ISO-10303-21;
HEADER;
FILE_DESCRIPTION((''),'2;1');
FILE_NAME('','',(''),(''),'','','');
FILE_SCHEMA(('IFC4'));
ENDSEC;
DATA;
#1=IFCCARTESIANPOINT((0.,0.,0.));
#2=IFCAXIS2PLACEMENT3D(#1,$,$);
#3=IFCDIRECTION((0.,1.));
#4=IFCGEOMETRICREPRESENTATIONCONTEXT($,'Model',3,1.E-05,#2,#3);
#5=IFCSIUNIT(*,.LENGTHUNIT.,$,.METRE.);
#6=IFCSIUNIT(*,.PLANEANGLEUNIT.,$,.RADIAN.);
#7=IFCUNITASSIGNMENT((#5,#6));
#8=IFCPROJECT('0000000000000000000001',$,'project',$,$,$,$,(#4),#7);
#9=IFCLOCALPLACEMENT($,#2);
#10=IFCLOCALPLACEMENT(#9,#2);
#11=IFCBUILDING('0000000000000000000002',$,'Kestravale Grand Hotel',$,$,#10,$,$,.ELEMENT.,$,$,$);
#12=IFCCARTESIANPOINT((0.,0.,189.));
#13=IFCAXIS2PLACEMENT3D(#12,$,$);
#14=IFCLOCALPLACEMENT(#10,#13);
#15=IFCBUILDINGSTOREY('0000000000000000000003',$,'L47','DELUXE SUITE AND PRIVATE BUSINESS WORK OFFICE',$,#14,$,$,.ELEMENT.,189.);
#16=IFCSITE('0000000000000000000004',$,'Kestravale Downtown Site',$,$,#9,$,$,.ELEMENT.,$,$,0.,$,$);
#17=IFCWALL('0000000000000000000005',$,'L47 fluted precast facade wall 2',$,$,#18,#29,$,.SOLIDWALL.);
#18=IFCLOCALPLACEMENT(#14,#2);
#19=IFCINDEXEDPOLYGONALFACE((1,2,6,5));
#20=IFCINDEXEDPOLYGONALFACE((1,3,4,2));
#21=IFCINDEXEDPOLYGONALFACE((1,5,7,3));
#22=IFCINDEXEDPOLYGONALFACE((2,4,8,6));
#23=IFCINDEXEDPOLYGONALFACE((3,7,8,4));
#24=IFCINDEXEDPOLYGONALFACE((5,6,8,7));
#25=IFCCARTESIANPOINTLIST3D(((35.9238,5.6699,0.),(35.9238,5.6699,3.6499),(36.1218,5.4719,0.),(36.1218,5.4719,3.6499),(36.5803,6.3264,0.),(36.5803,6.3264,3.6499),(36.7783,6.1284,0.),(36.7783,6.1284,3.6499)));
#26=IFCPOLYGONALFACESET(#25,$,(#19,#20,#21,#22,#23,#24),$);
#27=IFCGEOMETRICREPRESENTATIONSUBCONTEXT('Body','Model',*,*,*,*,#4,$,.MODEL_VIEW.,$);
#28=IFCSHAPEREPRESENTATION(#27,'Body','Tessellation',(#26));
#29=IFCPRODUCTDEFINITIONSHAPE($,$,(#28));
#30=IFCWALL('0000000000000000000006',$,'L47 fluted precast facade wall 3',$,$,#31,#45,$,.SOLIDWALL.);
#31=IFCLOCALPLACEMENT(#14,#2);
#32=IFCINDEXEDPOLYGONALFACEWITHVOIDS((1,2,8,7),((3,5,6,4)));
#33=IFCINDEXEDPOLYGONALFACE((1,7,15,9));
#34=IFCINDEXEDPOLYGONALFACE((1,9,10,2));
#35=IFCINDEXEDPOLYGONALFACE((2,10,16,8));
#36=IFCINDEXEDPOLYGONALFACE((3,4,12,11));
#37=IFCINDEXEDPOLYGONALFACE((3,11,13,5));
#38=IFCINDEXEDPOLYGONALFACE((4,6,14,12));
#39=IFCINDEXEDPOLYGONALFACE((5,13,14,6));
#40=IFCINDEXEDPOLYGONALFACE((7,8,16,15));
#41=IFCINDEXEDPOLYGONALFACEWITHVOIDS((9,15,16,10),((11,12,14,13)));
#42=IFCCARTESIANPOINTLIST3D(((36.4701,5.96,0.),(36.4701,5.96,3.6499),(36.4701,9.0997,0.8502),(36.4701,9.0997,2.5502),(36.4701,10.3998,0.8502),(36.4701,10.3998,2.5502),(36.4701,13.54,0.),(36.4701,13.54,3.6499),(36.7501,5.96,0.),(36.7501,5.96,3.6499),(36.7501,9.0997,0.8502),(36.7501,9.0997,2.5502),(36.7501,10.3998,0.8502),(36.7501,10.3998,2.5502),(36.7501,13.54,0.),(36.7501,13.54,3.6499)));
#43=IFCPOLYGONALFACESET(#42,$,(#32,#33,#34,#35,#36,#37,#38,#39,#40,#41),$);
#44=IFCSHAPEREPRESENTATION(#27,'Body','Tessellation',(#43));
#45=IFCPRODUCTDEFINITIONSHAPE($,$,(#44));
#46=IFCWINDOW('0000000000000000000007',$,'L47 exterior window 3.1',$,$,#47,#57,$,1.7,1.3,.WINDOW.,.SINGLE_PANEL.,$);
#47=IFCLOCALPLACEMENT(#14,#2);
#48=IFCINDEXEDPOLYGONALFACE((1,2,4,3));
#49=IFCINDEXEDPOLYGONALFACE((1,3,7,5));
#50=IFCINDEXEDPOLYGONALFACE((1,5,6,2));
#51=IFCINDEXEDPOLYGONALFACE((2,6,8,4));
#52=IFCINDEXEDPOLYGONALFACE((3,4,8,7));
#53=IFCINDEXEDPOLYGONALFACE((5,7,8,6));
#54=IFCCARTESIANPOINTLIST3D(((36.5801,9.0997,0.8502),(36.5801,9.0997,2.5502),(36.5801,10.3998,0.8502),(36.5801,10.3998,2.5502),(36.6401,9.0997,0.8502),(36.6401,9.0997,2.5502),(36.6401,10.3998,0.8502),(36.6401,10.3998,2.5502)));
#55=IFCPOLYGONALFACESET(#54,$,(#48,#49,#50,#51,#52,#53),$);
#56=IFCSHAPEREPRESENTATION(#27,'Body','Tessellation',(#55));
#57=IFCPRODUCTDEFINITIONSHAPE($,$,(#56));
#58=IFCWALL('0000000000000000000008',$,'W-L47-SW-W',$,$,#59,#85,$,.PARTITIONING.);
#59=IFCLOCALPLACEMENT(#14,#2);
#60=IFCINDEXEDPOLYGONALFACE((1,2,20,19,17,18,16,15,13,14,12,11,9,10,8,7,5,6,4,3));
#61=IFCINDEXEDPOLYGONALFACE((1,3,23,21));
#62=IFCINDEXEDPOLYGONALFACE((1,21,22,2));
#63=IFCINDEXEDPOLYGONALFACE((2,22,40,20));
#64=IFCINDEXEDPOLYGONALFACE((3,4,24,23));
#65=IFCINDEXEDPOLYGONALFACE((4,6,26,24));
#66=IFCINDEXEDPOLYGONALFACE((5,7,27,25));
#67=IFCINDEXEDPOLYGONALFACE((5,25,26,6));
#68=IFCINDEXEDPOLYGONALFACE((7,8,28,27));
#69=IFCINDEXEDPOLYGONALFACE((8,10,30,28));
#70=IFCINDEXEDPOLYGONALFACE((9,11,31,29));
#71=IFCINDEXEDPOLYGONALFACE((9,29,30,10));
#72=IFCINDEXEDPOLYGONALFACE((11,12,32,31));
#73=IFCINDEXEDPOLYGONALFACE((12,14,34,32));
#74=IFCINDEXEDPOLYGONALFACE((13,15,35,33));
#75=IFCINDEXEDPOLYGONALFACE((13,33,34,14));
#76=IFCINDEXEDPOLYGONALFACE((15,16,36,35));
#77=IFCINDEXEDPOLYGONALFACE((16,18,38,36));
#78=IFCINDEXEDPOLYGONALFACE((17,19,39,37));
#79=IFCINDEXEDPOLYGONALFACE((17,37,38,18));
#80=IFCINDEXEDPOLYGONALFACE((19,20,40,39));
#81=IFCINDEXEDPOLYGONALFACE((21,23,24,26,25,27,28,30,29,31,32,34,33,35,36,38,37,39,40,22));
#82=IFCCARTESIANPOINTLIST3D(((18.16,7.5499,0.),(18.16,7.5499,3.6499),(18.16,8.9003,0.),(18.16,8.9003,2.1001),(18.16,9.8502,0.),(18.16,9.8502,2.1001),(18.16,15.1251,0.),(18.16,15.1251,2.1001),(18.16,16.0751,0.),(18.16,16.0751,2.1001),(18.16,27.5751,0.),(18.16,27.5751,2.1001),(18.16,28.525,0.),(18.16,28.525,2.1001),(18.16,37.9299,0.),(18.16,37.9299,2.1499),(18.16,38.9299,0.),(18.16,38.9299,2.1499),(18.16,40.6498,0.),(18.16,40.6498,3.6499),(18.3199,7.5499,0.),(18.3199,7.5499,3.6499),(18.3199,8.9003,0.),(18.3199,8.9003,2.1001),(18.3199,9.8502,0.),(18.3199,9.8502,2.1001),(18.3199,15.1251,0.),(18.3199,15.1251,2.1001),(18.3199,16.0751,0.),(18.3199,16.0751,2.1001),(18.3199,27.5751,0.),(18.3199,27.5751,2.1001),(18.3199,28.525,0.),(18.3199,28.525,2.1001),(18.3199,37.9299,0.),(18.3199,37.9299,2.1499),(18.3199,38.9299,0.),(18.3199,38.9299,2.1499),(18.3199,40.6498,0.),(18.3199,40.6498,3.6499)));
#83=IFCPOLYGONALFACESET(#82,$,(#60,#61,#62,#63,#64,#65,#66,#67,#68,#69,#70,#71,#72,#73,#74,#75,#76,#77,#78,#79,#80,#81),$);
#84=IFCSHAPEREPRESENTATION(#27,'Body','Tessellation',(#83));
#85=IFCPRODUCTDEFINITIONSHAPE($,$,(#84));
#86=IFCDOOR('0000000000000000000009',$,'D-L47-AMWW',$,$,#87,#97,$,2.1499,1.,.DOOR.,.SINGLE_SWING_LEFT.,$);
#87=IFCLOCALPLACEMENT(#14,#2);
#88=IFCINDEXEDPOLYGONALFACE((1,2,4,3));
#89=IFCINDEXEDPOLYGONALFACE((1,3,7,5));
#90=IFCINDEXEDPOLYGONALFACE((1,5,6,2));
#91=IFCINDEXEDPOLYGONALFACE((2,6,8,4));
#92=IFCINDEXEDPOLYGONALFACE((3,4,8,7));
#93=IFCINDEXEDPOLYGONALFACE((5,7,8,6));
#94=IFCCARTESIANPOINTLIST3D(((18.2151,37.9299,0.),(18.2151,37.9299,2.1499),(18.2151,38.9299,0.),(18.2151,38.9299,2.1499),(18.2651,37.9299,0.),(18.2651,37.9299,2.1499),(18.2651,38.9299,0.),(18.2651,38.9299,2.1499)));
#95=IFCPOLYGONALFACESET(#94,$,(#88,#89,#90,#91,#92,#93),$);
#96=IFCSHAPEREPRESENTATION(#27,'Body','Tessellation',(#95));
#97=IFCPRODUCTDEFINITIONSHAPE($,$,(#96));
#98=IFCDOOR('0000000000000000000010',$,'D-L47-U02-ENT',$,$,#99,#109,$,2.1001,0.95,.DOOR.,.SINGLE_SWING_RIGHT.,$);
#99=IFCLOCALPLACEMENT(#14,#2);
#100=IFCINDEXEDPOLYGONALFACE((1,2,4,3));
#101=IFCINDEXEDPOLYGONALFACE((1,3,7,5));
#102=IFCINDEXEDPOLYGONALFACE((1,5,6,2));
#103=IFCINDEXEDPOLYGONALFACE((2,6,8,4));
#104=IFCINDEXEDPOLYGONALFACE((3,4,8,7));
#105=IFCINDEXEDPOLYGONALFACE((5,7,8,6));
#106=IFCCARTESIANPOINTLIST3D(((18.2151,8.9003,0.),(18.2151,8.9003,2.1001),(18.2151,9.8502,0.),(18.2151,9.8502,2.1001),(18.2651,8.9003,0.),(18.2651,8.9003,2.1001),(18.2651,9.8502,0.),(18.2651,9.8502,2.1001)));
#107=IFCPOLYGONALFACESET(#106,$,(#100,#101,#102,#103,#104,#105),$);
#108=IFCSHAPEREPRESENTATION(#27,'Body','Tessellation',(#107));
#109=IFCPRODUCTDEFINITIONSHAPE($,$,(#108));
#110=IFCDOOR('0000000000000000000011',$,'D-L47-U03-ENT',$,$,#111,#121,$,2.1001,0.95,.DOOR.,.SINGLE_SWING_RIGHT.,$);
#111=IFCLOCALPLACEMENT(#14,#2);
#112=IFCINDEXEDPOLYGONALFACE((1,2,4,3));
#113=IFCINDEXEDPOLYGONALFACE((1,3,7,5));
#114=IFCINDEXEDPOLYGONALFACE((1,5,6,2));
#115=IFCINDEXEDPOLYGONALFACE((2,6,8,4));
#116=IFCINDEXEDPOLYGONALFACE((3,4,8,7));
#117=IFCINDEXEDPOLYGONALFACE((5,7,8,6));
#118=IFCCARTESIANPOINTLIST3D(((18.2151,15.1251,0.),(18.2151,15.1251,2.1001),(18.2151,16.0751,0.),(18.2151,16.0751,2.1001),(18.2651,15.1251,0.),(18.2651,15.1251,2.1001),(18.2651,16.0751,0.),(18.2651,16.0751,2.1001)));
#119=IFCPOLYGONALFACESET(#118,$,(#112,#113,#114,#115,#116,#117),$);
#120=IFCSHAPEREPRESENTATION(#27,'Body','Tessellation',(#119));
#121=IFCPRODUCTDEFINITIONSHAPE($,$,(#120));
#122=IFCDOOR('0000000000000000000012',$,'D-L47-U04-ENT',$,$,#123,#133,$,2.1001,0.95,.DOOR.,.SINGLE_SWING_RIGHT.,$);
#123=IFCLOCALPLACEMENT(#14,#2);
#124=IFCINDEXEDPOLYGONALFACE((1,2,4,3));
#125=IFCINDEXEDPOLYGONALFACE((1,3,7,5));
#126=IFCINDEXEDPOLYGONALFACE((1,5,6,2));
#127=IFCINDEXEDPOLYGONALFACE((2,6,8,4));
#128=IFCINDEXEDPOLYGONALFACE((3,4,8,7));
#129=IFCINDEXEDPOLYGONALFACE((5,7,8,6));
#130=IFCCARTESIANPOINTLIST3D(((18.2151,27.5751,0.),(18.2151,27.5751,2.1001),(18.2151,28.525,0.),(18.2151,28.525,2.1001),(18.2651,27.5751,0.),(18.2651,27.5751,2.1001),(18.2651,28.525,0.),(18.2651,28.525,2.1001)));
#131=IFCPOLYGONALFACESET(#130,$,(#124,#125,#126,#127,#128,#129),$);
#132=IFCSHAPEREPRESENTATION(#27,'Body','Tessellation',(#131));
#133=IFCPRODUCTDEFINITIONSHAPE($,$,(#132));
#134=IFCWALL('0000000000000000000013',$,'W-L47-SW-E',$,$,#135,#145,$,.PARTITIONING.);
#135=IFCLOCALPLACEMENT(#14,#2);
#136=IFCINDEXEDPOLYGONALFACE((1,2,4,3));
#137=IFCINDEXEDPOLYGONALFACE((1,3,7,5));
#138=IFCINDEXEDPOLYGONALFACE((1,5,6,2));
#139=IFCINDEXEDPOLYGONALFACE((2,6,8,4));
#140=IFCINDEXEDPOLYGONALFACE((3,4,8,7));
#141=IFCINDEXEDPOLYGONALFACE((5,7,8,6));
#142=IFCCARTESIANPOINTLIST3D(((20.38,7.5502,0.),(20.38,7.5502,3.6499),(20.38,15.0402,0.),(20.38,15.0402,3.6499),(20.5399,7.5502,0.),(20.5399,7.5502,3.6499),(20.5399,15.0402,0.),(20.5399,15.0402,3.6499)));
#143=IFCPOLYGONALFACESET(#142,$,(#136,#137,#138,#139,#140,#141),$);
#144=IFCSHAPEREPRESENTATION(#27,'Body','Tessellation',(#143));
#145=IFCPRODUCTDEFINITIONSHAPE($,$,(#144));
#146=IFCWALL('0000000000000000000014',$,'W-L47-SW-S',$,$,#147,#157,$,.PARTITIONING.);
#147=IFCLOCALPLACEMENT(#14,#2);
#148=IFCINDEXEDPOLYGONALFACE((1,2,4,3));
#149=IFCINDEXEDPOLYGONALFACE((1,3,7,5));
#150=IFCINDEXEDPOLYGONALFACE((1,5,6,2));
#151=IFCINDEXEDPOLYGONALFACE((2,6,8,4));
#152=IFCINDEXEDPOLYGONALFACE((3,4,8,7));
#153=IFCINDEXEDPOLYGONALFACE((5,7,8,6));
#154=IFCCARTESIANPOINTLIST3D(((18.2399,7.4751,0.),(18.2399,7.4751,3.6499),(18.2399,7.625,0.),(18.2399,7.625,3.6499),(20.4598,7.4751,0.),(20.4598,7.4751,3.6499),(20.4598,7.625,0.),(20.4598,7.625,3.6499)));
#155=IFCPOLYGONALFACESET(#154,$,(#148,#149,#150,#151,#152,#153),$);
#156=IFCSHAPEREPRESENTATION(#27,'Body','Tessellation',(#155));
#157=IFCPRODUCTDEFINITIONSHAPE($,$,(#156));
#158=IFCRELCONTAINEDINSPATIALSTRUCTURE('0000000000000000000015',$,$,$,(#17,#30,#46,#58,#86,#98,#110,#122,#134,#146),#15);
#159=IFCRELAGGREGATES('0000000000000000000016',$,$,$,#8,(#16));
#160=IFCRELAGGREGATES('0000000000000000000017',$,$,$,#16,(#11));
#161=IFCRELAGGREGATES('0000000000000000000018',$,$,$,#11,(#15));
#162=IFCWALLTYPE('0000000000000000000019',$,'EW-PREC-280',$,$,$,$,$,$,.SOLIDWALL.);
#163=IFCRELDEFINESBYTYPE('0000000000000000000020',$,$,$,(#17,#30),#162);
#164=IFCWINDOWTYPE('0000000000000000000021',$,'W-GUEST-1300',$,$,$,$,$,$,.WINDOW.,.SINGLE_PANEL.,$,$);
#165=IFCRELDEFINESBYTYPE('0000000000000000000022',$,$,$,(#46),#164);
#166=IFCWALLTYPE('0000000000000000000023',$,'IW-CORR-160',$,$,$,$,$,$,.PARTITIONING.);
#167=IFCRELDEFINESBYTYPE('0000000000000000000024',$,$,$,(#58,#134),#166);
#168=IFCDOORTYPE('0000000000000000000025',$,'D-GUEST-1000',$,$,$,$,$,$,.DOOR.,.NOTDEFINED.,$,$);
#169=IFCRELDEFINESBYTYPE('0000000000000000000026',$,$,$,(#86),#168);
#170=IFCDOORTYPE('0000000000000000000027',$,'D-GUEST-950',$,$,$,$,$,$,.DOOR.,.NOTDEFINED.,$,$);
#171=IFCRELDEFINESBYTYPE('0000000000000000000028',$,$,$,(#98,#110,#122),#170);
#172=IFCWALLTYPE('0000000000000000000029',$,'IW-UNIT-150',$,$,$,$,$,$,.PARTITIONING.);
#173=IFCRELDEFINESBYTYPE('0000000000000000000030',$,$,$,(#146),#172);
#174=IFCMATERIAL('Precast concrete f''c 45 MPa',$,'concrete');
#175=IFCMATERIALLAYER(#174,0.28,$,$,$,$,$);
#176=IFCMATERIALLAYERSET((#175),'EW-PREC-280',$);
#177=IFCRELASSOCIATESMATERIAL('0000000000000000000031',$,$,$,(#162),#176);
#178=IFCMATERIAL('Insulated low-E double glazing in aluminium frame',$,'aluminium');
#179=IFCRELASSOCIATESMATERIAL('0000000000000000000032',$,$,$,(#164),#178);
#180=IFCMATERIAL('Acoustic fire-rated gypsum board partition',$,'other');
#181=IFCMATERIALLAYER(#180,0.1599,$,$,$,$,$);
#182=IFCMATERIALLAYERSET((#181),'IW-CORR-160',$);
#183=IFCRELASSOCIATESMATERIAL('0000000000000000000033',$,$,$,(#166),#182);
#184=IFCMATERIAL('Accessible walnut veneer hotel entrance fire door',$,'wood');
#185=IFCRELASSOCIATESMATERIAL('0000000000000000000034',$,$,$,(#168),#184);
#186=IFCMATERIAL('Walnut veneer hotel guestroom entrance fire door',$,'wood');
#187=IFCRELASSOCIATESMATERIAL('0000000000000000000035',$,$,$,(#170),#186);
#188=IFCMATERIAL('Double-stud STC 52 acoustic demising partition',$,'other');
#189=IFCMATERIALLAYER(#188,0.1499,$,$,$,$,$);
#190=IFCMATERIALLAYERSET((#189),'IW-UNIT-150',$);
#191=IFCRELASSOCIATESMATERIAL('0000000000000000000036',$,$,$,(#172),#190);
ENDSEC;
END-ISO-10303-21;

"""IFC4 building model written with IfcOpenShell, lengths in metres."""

from ifc_helpers import new_model, si_unit, direction, frame, frame_2d, origin, place, context, subcontext, project, spatial, rectangle, extrude, material, layer, layer_set, type_object, element, fill, save


model = new_model("IFC4")

# Units and contexts
model_context = context("Model", 3, precision=1e-05, world=origin(), true_north=direction((0.0, 1.0)))
body_context = subcontext(model_context, "Body", "Model", "MODEL_VIEW")
ifc_project = project(units=[si_unit("LENGTHUNIT", "METRE"), si_unit("PLANEANGLEUNIT", "RADIAN")], contexts=[model_context])

# Site, building, storey
site_placement = place(None, origin())
site = spatial("IfcSite", under=ifc_project, at=site_placement, Name="Kestravale Downtown Site", CompositionType="ELEMENT", RefElevation=0.0)
building_placement = place(site_placement, origin())
building = spatial("IfcBuilding", under=site, at=building_placement, Name="Kestravale Grand Hotel", CompositionType="ELEMENT")
storey_placement = place(building_placement, frame((0.0, 0.0, 189.0)))
storey = spatial("IfcBuildingStorey", under=building, at=storey_placement, Name="L47", Description="DELUXE SUITE AND PRIVATE BUSINESS WORK OFFICE", CompositionType="ELEMENT", Elevation=189.0)

# Wall
ifc_material_1 = material(Name="Precast concrete f'c 45 MPa", Category="concrete")
ifc_layer_1 = layer(ifc_material_1, 0.28)
ifc_layer_set_1 = layer_set([ifc_layer_1], Name="EW-PREC-280")
wall_type_1 = type_object("IfcWallType", Name="EW-PREC-280", PredefinedType="SOLIDWALL", material=ifc_layer_set_1)
wall_1_placement = place(storey_placement, frame((36.0227, 5.5708, 0.0), z_axis=(0.0, 0.0, 1.0), x_axis=(0.707107, 0.707107, 0.0)))
element("IfcWall", 1, at=wall_1_placement, inside=storey, type_object=wall_type_1, Name="L47 fluted precast facade wall 2", PredefinedType="SOLIDWALL", context=body_context, shape_type="SweptSolid", body=[
    extrude(rectangle(XDim=0.9285, YDim=0.28, at=frame_2d((0.4644, 0.0))), origin(), (0.0, 0.0, 1.0), 3.6499),
])

# Wall, opening, window
wall_2_placement = place(storey_placement, frame((36.6101, 5.96, 0.0), z_axis=(0.0, 0.0, 1.0), x_axis=(0.0, 1.0, 0.0)))
wall_2 = element("IfcWall", 2, at=wall_2_placement, inside=storey, type_object=wall_type_1, Name="L47 fluted precast facade wall 3", PredefinedType="SOLIDWALL", context=body_context, shape_type="SweptSolid", body=[
    extrude(rectangle(XDim=7.5801, YDim=0.28, at=frame_2d((3.79, 0.0))), origin(), (0.0, 0.0, 1.0), 3.6499),
])
opening_1_placement = place(wall_2_placement, frame((3.1399, 0.0, 0.8501)))
opening_1 = element("IfcOpeningElement", 3, at=opening_1_placement, cuts=wall_2, PredefinedType="OPENING", context=body_context, shape_type="SweptSolid", body=[
    extrude(rectangle(XDim=1.3, YDim=1.7, at=frame_2d((0.6499, 0.8501))), frame((0.0, 0.1499, 0.0), z_axis=(0.0, -1.0, 0.0), x_axis=(1.0, 0.0, 0.0)), (0.0, 0.0, 1.0), 0.3),
])
ifc_material_2 = material(Name="Insulated low-E double glazing in aluminium frame", Category="aluminium")
window_type = type_object("IfcWindowType", Name="W-GUEST-1300", PartitioningType="SINGLE_PANEL", PredefinedType="WINDOW", material=ifc_material_2)
window_placement = place(opening_1_placement, origin())
window = element("IfcWindow", 4, at=window_placement, inside=storey, type_object=window_type, Name="L47 exterior window 3.1", OverallHeight=1.7, OverallWidth=1.3, PartitioningType="SINGLE_PANEL", PredefinedType="WINDOW", context=body_context, shape_type="SweptSolid", body=[
    extrude(rectangle(XDim=1.3, YDim=1.7, at=frame_2d((0.6499, 0.8501))), frame((0.0, 0.03, 0.0), z_axis=(0.0, -1.0, 0.0), x_axis=(1.0, 0.0, 0.0)), (0.0, 0.0, 1.0), 0.0601),
])
fill(opening_1, window)

# Wall, openings, doors
ifc_material_3 = material(Name="Acoustic fire-rated gypsum board partition", Category="other")
ifc_layer_2 = layer(ifc_material_3, 0.1599)
ifc_layer_set_2 = layer_set([ifc_layer_2], Name="IW-CORR-160")
wall_type_2 = type_object("IfcWallType", Name="IW-CORR-160", PredefinedType="PARTITIONING", material=ifc_layer_set_2)
wall_3_placement = place(storey_placement, frame((18.24, 7.55, 0.0), z_axis=(0.0, 0.0, 1.0), x_axis=(0.0, 1.0, 0.0)))
wall_3 = element("IfcWall", 5, at=wall_3_placement, inside=storey, type_object=wall_type_2, Name="W-L47-SW-W", PredefinedType="PARTITIONING", context=body_context, shape_type="SweptSolid", body=[
    extrude(rectangle(XDim=33.0999, YDim=0.1599, at=frame_2d((16.5498, 0.0))), origin(), (0.0, 0.0, 1.0), 3.6499),
])
opening_2_placement = place(wall_3_placement, frame((1.3501, 0.0, 0.0)))
opening_2 = element("IfcOpeningElement", 6, at=opening_2_placement, cuts=wall_3, PredefinedType="OPENING", context=body_context, shape_type="SweptSolid", body=[
    extrude(rectangle(XDim=0.95, YDim=2.1001, at=frame_2d((0.4751, 1.05))), frame((0.0, 0.0898, 0.0), z_axis=(0.0, -1.0, 0.0), x_axis=(1.0, 0.0, 0.0)), (0.0, 0.0, 1.0), 0.1799),
])
opening_3_placement = place(wall_3_placement, frame((7.575, 0.0, 0.0)))
opening_3 = element("IfcOpeningElement", 7, at=opening_3_placement, cuts=wall_3, PredefinedType="OPENING", context=body_context, shape_type="SweptSolid", body=[
    extrude(rectangle(XDim=0.95, YDim=2.1001, at=frame_2d((0.4751, 1.05))), frame((0.0, 0.0898, 0.0), z_axis=(0.0, -1.0, 0.0), x_axis=(1.0, 0.0, 0.0)), (0.0, 0.0, 1.0), 0.1799),
])
opening_4_placement = place(wall_3_placement, frame((20.0249, 0.0, 0.0)))
opening_4 = element("IfcOpeningElement", 8, at=opening_4_placement, cuts=wall_3, PredefinedType="OPENING", context=body_context, shape_type="SweptSolid", body=[
    extrude(rectangle(XDim=0.95, YDim=2.1001, at=frame_2d((0.4751, 1.05))), frame((0.0, 0.0898, 0.0), z_axis=(0.0, -1.0, 0.0), x_axis=(1.0, 0.0, 0.0)), (0.0, 0.0, 1.0), 0.1799),
])
opening_5_placement = place(wall_3_placement, frame((30.3799, 0.0, 0.0)))
opening_5 = element("IfcOpeningElement", 9, at=opening_5_placement, cuts=wall_3, PredefinedType="OPENING", context=body_context, shape_type="SweptSolid", body=[
    extrude(rectangle(XDim=1.0, YDim=2.1499, at=frame_2d((0.5, 1.075))), frame((0.0, 0.0898, 0.0), z_axis=(0.0, -1.0, 0.0), x_axis=(1.0, 0.0, 0.0)), (0.0, 0.0, 1.0), 0.1799),
])
ifc_material_4 = material(Name="Accessible walnut veneer hotel entrance fire door", Category="wood")
door_type_1 = type_object("IfcDoorType", Name="D-GUEST-1000", OperationType="NOTDEFINED", PredefinedType="DOOR", material=ifc_material_4)
door_1_placement = place(opening_5_placement, origin())
door_1 = element("IfcDoor", 10, at=door_1_placement, inside=storey, type_object=door_type_1, Name="D-L47-AMWW", OperationType="SINGLE_SWING_LEFT", OverallHeight=2.1499, OverallWidth=1.0, PredefinedType="DOOR", context=body_context, shape_type="SweptSolid", body=[
    extrude(rectangle(XDim=1.0, YDim=2.1499, at=frame_2d((0.5, 1.075))), frame((0.0, 0.0249, 0.0), z_axis=(0.0, -1.0, 0.0), x_axis=(1.0, 0.0, 0.0)), (0.0, 0.0, 1.0), 0.05),
])
fill(opening_5, door_1)
ifc_material_5 = material(Name="Walnut veneer hotel guestroom entrance fire door", Category="wood")
door_type_2 = type_object("IfcDoorType", Name="D-GUEST-950", OperationType="NOTDEFINED", PredefinedType="DOOR", material=ifc_material_5)
door_2_placement = place(opening_2_placement, origin())
door_2 = element("IfcDoor", 11, at=door_2_placement, inside=storey, type_object=door_type_2, Name="D-L47-U02-ENT", OperationType="SINGLE_SWING_RIGHT", OverallHeight=2.1001, OverallWidth=0.95, PredefinedType="DOOR", context=body_context, shape_type="SweptSolid", body=[
    extrude(rectangle(XDim=0.95, YDim=2.1001, at=frame_2d((0.4751, 1.05))), frame((0.0, 0.0249, 0.0), z_axis=(0.0, -1.0, 0.0), x_axis=(1.0, 0.0, 0.0)), (0.0, 0.0, 1.0), 0.05),
])
fill(opening_2, door_2)
door_3_placement = place(opening_3_placement, origin())
door_3 = element("IfcDoor", 12, at=door_3_placement, inside=storey, type_object=door_type_2, Name="D-L47-U03-ENT", OperationType="SINGLE_SWING_RIGHT", OverallHeight=2.1001, OverallWidth=0.95, PredefinedType="DOOR", context=body_context, shape_type="SweptSolid", body=[
    extrude(rectangle(XDim=0.95, YDim=2.1001, at=frame_2d((0.4751, 1.05))), frame((0.0, 0.0249, 0.0), z_axis=(0.0, -1.0, 0.0), x_axis=(1.0, 0.0, 0.0)), (0.0, 0.0, 1.0), 0.05),
])
fill(opening_3, door_3)
door_4_placement = place(opening_4_placement, origin())
door_4 = element("IfcDoor", 13, at=door_4_placement, inside=storey, type_object=door_type_2, Name="D-L47-U04-ENT", OperationType="SINGLE_SWING_RIGHT", OverallHeight=2.1001, OverallWidth=0.95, PredefinedType="DOOR", context=body_context, shape_type="SweptSolid", body=[
    extrude(rectangle(XDim=0.95, YDim=2.1001, at=frame_2d((0.4751, 1.05))), frame((0.0, 0.0249, 0.0), z_axis=(0.0, -1.0, 0.0), x_axis=(1.0, 0.0, 0.0)), (0.0, 0.0, 1.0), 0.05),
])
fill(opening_4, door_4)

# Walls
wall_4_placement = place(storey_placement, frame((20.46, 7.55, 0.0), z_axis=(0.0, 0.0, 1.0), x_axis=(0.0, 1.0, 0.0)))
element("IfcWall", 14, at=wall_4_placement, inside=storey, type_object=wall_type_2, Name="W-L47-SW-E", PredefinedType="PARTITIONING", context=body_context, shape_type="SweptSolid", body=[
    extrude(rectangle(XDim=7.49, YDim=0.1599, at=frame_2d((3.7451, 0.0))), origin(), (0.0, 0.0, 1.0), 3.6499),
])
ifc_material_6 = material(Name="Double-stud STC 52 acoustic demising partition", Category="other")
ifc_layer_3 = layer(ifc_material_6, 0.1499)
ifc_layer_set_3 = layer_set([ifc_layer_3], Name="IW-UNIT-150")
wall_type_3 = type_object("IfcWallType", Name="IW-UNIT-150", PredefinedType="PARTITIONING", material=ifc_layer_set_3)
wall_5_placement = place(storey_placement, frame((18.24, 7.55, 0.0), z_axis=(0.0, 0.0, 1.0), x_axis=(1.0, 0.0, 0.0)))
element("IfcWall", 15, at=wall_5_placement, inside=storey, type_object=wall_type_3, Name="W-L47-SW-S", PredefinedType="PARTITIONING", context=body_context, shape_type="SweptSolid", body=[
    extrude(rectangle(XDim=2.22, YDim=0.1499, at=frame_2d((1.1099, 0.0))), origin(), (0.0, 0.0, 1.0), 3.6499),
])

save(model, "model.ifc")
